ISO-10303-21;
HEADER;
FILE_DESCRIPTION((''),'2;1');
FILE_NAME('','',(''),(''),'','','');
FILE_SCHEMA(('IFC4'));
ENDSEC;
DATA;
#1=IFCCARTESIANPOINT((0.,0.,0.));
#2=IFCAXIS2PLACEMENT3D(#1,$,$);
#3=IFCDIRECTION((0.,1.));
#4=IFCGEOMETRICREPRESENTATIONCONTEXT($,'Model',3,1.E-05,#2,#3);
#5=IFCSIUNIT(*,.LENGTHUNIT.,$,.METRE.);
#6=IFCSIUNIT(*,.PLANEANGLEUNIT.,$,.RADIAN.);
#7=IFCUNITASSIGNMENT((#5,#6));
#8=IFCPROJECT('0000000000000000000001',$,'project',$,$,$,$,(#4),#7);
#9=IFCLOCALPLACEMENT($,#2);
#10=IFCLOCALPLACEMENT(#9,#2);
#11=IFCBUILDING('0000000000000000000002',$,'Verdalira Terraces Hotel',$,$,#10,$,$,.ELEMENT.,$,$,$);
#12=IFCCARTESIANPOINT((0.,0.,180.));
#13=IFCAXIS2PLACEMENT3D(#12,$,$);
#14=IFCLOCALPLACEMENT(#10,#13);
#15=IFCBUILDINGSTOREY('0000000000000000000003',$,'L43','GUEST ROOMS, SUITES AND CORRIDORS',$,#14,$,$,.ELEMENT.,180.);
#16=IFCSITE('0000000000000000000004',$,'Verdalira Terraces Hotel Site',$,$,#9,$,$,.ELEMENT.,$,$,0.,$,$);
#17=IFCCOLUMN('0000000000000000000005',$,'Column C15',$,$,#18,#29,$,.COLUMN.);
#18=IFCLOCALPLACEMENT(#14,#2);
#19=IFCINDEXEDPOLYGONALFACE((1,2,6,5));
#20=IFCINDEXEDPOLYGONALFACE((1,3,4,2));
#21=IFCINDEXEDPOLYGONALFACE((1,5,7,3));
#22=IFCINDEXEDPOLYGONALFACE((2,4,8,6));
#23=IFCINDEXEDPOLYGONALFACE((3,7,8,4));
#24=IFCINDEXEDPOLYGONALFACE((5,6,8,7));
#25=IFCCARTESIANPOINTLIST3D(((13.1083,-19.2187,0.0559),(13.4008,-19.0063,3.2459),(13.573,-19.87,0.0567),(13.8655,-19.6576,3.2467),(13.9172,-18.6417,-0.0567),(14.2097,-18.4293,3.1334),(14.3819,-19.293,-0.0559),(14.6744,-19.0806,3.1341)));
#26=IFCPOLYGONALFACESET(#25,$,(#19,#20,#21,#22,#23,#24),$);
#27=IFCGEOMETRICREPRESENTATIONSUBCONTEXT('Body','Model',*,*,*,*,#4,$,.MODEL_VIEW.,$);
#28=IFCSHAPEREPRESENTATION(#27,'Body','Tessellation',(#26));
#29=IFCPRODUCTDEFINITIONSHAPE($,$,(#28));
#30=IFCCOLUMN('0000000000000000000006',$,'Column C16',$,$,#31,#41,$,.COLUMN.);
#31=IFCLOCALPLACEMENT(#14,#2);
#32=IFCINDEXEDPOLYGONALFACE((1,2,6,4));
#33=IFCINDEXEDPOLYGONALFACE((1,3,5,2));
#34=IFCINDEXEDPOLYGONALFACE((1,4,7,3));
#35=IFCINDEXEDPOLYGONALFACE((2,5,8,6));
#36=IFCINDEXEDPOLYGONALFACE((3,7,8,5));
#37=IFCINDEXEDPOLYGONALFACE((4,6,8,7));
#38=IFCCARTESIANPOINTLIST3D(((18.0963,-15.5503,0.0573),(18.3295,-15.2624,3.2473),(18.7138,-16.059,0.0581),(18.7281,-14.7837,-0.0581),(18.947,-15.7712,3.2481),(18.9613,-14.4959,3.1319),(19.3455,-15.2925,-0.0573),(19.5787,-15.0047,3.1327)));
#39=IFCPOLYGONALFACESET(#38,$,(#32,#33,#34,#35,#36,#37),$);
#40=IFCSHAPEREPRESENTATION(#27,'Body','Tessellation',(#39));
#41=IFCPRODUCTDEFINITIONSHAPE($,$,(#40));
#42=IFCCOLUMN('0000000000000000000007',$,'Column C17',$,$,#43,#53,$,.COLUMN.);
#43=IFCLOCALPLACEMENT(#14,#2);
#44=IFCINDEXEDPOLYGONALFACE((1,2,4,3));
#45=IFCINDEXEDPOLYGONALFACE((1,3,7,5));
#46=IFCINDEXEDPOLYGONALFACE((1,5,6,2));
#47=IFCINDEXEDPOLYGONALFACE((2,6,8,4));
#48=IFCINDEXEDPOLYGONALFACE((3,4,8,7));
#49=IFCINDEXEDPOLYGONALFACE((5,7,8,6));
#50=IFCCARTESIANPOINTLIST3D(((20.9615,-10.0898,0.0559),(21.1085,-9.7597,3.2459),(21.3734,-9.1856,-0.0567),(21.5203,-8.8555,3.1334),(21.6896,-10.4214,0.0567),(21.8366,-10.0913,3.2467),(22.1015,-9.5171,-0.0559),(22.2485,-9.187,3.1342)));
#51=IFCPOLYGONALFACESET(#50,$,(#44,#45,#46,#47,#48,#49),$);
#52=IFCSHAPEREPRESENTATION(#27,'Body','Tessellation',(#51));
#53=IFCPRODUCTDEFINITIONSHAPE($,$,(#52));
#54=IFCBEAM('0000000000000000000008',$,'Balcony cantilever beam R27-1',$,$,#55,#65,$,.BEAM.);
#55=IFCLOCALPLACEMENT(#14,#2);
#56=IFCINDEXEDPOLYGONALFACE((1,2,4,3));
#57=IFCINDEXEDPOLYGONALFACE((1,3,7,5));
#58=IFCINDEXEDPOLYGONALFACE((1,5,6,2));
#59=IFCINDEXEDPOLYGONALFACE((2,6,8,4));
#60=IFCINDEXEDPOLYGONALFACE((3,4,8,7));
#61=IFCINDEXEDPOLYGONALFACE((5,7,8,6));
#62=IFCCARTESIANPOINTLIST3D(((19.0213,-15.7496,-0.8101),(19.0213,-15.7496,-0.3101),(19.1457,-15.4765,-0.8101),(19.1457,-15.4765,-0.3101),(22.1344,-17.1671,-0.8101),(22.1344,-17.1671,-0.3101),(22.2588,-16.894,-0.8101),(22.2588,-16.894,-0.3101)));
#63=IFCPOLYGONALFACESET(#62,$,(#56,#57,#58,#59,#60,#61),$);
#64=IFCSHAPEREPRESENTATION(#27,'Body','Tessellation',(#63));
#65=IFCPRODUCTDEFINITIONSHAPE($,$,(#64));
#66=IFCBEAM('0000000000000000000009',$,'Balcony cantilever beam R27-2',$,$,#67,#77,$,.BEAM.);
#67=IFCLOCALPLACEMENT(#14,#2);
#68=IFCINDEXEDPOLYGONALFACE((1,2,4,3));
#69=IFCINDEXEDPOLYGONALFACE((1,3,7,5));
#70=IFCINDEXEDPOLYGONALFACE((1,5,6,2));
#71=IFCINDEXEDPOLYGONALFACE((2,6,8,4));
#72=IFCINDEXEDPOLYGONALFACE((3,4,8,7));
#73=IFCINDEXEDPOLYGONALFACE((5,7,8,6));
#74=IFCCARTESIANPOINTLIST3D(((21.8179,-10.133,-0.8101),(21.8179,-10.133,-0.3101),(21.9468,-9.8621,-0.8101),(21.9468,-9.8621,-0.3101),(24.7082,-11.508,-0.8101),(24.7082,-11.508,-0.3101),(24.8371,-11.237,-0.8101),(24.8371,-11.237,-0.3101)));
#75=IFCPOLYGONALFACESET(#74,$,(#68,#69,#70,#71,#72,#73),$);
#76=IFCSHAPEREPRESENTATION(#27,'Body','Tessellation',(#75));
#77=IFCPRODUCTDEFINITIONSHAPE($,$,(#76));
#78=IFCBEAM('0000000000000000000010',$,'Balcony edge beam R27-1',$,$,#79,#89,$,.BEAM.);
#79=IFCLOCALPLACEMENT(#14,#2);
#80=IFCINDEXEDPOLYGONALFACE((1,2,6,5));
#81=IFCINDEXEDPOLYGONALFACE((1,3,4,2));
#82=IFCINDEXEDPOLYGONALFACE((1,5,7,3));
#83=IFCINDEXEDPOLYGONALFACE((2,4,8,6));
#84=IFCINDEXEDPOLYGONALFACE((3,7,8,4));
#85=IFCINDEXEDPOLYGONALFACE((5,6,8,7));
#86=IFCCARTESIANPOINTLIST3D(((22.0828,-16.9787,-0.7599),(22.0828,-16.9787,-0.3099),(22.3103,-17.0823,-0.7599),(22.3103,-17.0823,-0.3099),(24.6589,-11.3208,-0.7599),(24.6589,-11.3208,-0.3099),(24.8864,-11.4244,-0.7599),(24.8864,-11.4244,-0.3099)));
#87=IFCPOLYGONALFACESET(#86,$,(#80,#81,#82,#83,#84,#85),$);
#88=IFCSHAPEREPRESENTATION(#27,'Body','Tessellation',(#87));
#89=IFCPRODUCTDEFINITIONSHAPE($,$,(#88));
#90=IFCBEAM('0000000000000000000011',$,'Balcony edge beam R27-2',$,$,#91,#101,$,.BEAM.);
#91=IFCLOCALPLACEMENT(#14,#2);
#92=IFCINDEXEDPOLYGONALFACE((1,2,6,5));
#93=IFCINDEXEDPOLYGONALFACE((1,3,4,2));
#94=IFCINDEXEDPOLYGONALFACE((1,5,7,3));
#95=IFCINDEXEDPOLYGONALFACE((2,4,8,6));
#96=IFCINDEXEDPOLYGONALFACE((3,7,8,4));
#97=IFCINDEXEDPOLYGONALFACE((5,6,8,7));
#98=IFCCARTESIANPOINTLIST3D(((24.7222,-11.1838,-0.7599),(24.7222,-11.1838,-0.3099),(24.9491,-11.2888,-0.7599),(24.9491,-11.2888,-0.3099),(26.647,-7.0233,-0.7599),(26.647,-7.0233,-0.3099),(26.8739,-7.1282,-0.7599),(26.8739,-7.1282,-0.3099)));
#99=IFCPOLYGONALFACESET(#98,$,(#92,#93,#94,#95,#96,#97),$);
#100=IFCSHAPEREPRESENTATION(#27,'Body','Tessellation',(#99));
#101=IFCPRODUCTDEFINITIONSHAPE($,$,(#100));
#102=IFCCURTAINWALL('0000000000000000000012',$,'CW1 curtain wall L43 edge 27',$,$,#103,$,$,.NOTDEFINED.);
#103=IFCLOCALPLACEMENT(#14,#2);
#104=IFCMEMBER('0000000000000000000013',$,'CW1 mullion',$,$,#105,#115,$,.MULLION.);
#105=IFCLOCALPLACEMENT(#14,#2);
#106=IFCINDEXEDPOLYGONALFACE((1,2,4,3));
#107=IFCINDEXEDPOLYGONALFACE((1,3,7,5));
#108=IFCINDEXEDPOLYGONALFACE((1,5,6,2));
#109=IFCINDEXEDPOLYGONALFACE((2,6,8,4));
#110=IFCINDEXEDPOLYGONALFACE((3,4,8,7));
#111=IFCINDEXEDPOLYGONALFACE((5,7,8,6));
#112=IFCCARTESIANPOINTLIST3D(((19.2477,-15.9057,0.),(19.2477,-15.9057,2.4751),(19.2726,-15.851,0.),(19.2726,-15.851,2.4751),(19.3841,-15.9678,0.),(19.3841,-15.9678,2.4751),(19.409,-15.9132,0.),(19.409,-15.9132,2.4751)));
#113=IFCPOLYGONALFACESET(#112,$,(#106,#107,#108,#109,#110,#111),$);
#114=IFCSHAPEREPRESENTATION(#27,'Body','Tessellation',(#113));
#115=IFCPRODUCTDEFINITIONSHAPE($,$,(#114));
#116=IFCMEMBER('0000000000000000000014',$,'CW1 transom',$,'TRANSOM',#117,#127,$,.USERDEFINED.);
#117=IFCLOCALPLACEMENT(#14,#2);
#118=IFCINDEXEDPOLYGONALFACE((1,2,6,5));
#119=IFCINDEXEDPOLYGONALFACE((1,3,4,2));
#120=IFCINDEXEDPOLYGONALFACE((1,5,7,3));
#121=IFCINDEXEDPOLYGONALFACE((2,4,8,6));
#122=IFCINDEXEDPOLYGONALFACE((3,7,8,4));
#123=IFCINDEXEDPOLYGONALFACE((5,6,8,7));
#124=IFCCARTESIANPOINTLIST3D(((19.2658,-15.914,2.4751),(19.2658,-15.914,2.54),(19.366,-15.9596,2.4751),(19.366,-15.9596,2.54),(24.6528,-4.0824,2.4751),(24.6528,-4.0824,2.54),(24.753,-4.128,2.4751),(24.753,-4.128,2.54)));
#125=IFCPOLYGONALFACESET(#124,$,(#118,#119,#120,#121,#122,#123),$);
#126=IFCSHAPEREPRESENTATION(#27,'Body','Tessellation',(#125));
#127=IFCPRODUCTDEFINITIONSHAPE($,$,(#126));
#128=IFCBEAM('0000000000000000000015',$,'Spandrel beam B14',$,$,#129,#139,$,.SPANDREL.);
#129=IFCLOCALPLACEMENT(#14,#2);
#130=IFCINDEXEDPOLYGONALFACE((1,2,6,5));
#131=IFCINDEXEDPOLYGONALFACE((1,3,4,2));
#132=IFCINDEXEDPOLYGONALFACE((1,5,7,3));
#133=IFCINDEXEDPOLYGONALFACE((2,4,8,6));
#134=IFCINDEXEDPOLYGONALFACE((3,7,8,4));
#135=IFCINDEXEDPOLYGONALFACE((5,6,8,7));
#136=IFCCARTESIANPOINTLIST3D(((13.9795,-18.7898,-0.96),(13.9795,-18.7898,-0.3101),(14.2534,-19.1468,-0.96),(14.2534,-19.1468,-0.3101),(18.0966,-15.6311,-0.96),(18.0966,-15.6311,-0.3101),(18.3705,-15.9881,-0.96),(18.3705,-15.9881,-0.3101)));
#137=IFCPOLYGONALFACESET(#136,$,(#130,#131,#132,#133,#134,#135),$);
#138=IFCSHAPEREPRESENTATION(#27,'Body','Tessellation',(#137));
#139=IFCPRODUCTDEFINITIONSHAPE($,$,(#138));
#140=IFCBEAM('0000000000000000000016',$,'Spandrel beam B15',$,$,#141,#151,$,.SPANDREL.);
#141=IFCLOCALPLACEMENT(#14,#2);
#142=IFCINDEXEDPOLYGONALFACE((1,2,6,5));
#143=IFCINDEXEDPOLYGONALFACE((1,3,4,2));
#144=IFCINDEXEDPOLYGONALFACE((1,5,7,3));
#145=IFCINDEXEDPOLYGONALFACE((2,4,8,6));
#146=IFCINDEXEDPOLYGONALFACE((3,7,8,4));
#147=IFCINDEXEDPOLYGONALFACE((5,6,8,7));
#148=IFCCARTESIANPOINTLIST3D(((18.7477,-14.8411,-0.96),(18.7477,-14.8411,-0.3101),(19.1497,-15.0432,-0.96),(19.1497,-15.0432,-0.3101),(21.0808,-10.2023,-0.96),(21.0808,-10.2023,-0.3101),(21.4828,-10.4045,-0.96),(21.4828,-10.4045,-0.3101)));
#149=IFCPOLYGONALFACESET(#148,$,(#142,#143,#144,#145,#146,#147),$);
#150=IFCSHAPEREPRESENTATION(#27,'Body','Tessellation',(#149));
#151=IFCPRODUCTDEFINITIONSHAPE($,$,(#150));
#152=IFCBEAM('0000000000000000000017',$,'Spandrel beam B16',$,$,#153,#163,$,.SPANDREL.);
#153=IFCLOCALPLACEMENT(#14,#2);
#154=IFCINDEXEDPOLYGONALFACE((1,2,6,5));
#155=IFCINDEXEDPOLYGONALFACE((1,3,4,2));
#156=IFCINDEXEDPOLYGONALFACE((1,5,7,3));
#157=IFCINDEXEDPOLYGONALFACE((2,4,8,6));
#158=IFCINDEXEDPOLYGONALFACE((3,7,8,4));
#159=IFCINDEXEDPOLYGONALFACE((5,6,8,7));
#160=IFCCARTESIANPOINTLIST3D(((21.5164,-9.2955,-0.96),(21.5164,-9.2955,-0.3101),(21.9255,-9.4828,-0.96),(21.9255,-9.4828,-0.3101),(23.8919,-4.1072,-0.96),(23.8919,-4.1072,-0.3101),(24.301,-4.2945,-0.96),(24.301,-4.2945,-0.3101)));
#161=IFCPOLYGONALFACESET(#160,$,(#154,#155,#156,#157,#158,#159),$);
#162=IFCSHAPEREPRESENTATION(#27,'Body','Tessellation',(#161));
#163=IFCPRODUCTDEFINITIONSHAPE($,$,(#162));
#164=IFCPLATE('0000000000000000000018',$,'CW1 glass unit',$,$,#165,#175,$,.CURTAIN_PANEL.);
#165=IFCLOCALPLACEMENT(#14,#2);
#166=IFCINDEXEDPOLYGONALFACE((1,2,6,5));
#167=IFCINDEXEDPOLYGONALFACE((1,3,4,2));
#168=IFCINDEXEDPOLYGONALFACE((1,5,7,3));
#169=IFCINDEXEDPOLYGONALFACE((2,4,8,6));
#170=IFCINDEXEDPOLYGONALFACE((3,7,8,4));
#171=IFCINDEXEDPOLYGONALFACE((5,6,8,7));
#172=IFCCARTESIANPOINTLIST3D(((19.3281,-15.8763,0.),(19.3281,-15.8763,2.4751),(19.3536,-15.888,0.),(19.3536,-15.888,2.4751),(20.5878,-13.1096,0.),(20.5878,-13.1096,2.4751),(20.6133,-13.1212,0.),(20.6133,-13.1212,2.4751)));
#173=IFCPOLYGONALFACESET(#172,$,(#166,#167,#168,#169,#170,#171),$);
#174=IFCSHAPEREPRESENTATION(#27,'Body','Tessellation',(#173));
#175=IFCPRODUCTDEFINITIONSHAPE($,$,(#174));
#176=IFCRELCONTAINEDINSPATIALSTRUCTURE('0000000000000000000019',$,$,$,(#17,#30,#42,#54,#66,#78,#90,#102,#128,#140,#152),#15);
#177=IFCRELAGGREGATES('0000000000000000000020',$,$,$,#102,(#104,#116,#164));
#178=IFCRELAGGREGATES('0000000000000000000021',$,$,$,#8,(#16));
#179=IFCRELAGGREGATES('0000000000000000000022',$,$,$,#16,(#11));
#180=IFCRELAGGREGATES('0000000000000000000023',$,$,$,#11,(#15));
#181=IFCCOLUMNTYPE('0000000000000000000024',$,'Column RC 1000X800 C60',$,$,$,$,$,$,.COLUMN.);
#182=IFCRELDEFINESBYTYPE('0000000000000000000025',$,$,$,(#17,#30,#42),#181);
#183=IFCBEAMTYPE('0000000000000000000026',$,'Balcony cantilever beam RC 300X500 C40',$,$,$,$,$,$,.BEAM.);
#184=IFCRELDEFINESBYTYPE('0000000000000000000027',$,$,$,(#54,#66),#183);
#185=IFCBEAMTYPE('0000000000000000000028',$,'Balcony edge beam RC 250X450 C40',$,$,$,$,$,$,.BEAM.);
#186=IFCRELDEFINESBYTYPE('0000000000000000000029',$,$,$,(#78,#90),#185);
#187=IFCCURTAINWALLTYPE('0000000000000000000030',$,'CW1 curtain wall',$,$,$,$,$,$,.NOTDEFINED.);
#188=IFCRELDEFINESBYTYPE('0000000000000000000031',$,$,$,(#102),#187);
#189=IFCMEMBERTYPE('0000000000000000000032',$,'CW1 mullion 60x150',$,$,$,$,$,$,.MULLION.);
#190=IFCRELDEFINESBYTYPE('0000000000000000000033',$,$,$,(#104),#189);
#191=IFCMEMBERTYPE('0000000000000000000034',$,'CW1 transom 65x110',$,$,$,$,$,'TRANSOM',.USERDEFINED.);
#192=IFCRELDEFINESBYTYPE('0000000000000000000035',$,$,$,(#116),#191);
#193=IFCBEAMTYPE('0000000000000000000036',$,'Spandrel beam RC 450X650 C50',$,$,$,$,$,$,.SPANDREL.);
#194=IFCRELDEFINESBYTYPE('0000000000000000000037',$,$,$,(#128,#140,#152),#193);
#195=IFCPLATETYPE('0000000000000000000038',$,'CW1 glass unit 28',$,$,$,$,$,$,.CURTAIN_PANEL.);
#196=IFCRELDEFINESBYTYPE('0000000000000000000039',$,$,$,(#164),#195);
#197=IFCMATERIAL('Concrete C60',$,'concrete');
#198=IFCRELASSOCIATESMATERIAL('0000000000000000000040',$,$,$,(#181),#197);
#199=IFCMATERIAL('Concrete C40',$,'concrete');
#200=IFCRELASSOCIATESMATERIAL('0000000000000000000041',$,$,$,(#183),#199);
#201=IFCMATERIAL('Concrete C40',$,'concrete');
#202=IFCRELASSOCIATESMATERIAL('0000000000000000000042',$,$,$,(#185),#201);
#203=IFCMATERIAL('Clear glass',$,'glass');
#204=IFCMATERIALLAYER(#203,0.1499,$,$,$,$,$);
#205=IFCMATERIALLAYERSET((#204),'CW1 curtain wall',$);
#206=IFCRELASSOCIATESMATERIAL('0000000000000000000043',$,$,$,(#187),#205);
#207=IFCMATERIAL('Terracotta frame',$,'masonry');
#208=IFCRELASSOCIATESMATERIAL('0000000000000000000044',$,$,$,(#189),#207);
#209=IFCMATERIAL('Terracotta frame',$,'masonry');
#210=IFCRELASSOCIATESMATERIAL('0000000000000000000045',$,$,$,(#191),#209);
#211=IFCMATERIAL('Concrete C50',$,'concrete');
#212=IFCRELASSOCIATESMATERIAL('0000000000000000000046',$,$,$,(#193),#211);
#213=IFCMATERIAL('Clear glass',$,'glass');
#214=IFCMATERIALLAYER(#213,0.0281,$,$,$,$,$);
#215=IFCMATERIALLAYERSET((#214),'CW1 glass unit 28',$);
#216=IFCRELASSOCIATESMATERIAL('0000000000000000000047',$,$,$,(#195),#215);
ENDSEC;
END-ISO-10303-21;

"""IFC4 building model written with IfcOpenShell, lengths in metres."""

from ifc_helpers import new_model, si_unit, direction, frame, origin, origin_2d, place, context, subcontext, project, spatial, rectangle, extrude, material, layer, layer_set, material_profile, profile_set, type_object, element, aggregate, save


model = new_model("IFC4")

# Units and contexts
model_context = context("Model", 3, precision=1e-05, world=origin(), true_north=direction((0.0, 1.0)))
body_context = subcontext(model_context, "Body", "Model", "MODEL_VIEW")
ifc_project = project(units=[si_unit("LENGTHUNIT", "METRE"), si_unit("PLANEANGLEUNIT", "RADIAN")], contexts=[model_context])

# Site, building, storey
site_placement = place(None, origin())
site = spatial("IfcSite", under=ifc_project, at=site_placement, Name="Verdalira Terraces Hotel Site", CompositionType="ELEMENT", RefElevation=0.0)
building_placement = place(site_placement, origin())
building = spatial("IfcBuilding", under=site, at=building_placement, Name="Verdalira Terraces Hotel", CompositionType="ELEMENT")
storey_placement = place(building_placement, frame((0.0, 0.0, 180.0)))
storey = spatial("IfcBuildingStorey", under=building, at=storey_placement, Name="L43", Description="GUEST ROOMS, SUITES AND CORRIDORS", CompositionType="ELEMENT", Elevation=180.0)

# Columns
ifc_material_1 = material(Name="Concrete C60", Category="concrete")
ifc_material_profile_1 = material_profile(ifc_material_1, rectangle(XDim=1.0, YDim=0.8, at=origin_2d()), Name="RC 1000X800")
ifc_profile_set_1 = profile_set([ifc_material_profile_1], Name="Concrete C60")
column_type = type_object("IfcColumnType", Name="Column RC 1000X800 C60", PredefinedType="COLUMN", material=ifc_profile_set_1)
column_1_placement = place(storey_placement, frame((13.7451, -19.2559, 0.0), z_axis=(0.091105, 0.066162, 0.993641), x_axis=(0.808925, 0.57703, -0.112591)))
element("IfcColumn", 1, at=column_1_placement, inside=storey, type_object=column_type, Name="Column C15", PredefinedType="COLUMN", context=body_context, shape_type="SweptSolid", body=[
    extrude(rectangle(XDim=1.0, YDim=0.8, at=origin_2d()), origin(), (0.0, 0.0, 1.0), 3.2104),
])
column_2_placement = place(storey_placement, frame((18.7209, -15.4214, 0.0), z_axis=(0.072603, 0.089632, 0.993325), x_axis=(-0.631755, -0.766538, 0.115343)))
element("IfcColumn", 2, at=column_2_placement, inside=storey, type_object=column_type, Name="Column C16", PredefinedType="COLUMN", context=body_context, shape_type="SweptSolid", body=[
    extrude(rectangle(XDim=1.0, YDim=0.8, at=origin_2d()), origin(), (0.0, 0.0, 1.0), 3.2114),
])
column_3_placement = place(storey_placement, frame((21.5315, -9.8035, 0.0), z_axis=(0.045781, 0.102817, 0.993646), x_axis=(0.411869, 0.904266, -0.112545)))
element("IfcColumn", 3, at=column_3_placement, inside=storey, type_object=column_type, Name="Column C17", PredefinedType="COLUMN", context=body_context, shape_type="SweptSolid", body=[
    extrude(rectangle(XDim=1.0, YDim=0.8, at=origin_2d()), origin(), (0.0, 0.0, 1.0), 3.2104),
])

# Beams
ifc_material_2 = material(Name="Concrete C40", Category="concrete")
ifc_material_profile_2 = material_profile(ifc_material_2, rectangle(XDim=0.3, YDim=0.5, at=origin_2d()), Name="RC 300X500")
ifc_profile_set_2 = profile_set([ifc_material_profile_2], Name="Concrete C40")
beam_type_1 = type_object("IfcBeamType", Name="Balcony cantilever beam RC 300X500 C40", PredefinedType="BEAM", material=ifc_profile_set_2)
beam_1_placement = place(storey_placement, frame((19.0835, -15.613, -0.5601), z_axis=(0.910095, -0.4144, 0.0), x_axis=(0.4144, 0.910095, 0.0)))
element("IfcBeam", 4, at=beam_1_placement, inside=storey, type_object=beam_type_1, Name="Balcony cantilever beam R27-1", PredefinedType="BEAM", context=body_context, shape_type="SweptSolid", body=[
    extrude(rectangle(XDim=0.3, YDim=0.5, at=origin_2d()), origin(), (0.0, 0.0, 1.0), 3.4207),
])
beam_2_placement = place(storey_placement, frame((21.8823, -9.9976, -0.5601), z_axis=(0.903027, -0.429584, 0.0), x_axis=(0.429584, 0.903027, 0.0)))
element("IfcBeam", 5, at=beam_2_placement, inside=storey, type_object=beam_type_1, Name="Balcony cantilever beam R27-2", PredefinedType="BEAM", context=body_context, shape_type="SweptSolid", body=[
    extrude(rectangle(XDim=0.3, YDim=0.5, at=origin_2d()), origin(), (0.0, 0.0, 1.0), 3.2007),
])
ifc_material_3 = material(Name="Concrete C40", Category="concrete")
ifc_material_profile_3 = material_profile(ifc_material_3, rectangle(XDim=0.25, YDim=0.45, at=origin_2d()), Name="RC 250X450")
ifc_profile_set_3 = profile_set([ifc_material_profile_3], Name="Concrete C40")
beam_type_2 = type_object("IfcBeamType", Name="Balcony edge beam RC 250X450 C40", PredefinedType="BEAM", material=ifc_profile_set_3)
beam_3_placement = place(storey_placement, frame((22.1965, -17.0305, -0.5349), z_axis=(0.414386, 0.910101, 0.0), x_axis=(-0.910101, 0.414386, 0.0)))
element("IfcBeam", 6, at=beam_3_placement, inside=storey, type_object=beam_type_2, Name="Balcony edge beam R27-1", PredefinedType="BEAM", context=body_context, shape_type="SweptSolid", body=[
    extrude(rectangle(XDim=0.25, YDim=0.45, at=origin_2d()), origin(), (0.0, 0.0, 1.0), 6.2168),
])
beam_4_placement = place(storey_placement, frame((24.8357, -11.2363, -0.5349), z_axis=(0.419869, 0.907585, 0.0), x_axis=(-0.907585, 0.419869, 0.0)))
element("IfcBeam", 7, at=beam_4_placement, inside=storey, type_object=beam_type_2, Name="Balcony edge beam R27-2", PredefinedType="BEAM", context=body_context, shape_type="SweptSolid", body=[
    extrude(rectangle(XDim=0.25, YDim=0.45, at=origin_2d()), origin(), (0.0, 0.0, 1.0), 4.5842),
])

# Curtain wall, members
ifc_material_4 = material(Name="Clear glass", Category="glass")
ifc_layer_1 = layer(ifc_material_4, 0.1499)
ifc_layer_set_1 = layer_set([ifc_layer_1], Name="CW1 curtain wall")
curtain_wall_type = type_object("IfcCurtainWallType", Name="CW1 curtain wall", PredefinedType="NOTDEFINED", material=ifc_layer_set_1)
curtain_wall_placement = place(storey_placement, origin())
curtain_wall = element("IfcCurtainWall", 8, at=curtain_wall_placement, inside=storey, type_object=curtain_wall_type, Name="CW1 curtain wall L43 edge 27", PredefinedType="NOTDEFINED")
ifc_material_5 = material(Name="Terracotta frame", Category="masonry")
ifc_material_profile_4 = material_profile(ifc_material_5, rectangle(XDim=0.0601, YDim=0.1499, at=origin_2d()), Name="MU 60x150")
ifc_profile_set_4 = profile_set([ifc_material_profile_4], Name="Terracotta frame")
member_type_1 = type_object("IfcMemberType", Name="CW1 mullion 60x150", PredefinedType="MULLION", material=ifc_profile_set_4)
member_1_placement = place(storey_placement, frame((19.3284, -15.9094, 0.0), z_axis=(0.0, 0.0, 1.0), x_axis=(0.414376, 0.910106, 0.0)))
member_1 = element("IfcMember", 9, at=member_1_placement, type_object=member_type_1, Name="CW1 mullion", PredefinedType="MULLION", context=body_context, shape_type="SweptSolid", body=[
    extrude(rectangle(XDim=0.0601, YDim=0.1499, at=origin_2d()), origin(), (0.0, 0.0, 1.0), 2.4751),
])
ifc_material_6 = material(Name="Terracotta frame", Category="masonry")
ifc_material_profile_5 = material_profile(ifc_material_6, rectangle(XDim=0.1101, YDim=0.0649, at=origin_2d()), Name="TR 65x110")
ifc_profile_set_5 = profile_set([ifc_material_profile_5], Name="Terracotta frame")
member_type_2 = type_object("IfcMemberType", Name="CW1 transom 65x110", ElementType="TRANSOM", PredefinedType="USERDEFINED", material=ifc_profile_set_5)
member_2_placement = place(storey_placement, frame((19.3159, -15.9368, 2.5076), z_axis=(0.414376, 0.910106, 0.0), x_axis=(-0.910106, 0.414376, 0.0)))
member_2 = element("IfcMember", 10, at=member_2_placement, type_object=member_type_2, Name="CW1 transom", ObjectType="TRANSOM", PredefinedType="USERDEFINED", context=body_context, shape_type="SweptSolid", body=[
    extrude(rectangle(XDim=0.1101, YDim=0.0649, at=origin_2d()), origin(), (0.0, 0.0, 1.0), 13.0002),
])

# Beams
ifc_material_7 = material(Name="Concrete C50", Category="concrete")
ifc_material_profile_6 = material_profile(ifc_material_7, rectangle(XDim=0.45, YDim=0.6499, at=origin_2d()), Name="RC 450X650")
ifc_profile_set_6 = profile_set([ifc_material_profile_6], Name="Concrete C50")
beam_type_3 = type_object("IfcBeamType", Name="Spandrel beam RC 450X650 C50", PredefinedType="SPANDREL", material=ifc_profile_set_6)
beam_5_placement = place(storey_placement, frame((14.1165, -18.9683, -0.635), z_axis=(0.793403, 0.608696, 0.0), x_axis=(-0.608696, 0.793403, 0.0)))
element("IfcBeam", 11, at=beam_5_placement, inside=storey, type_object=beam_type_3, Name="Spandrel beam B14", PredefinedType="SPANDREL", context=body_context, shape_type="SweptSolid", body=[
    extrude(rectangle(XDim=0.45, YDim=0.6499, at=origin_2d()), origin(), (0.0, 0.0, 1.0), 5.1892),
])
beam_6_placement = place(storey_placement, frame((18.9487, -14.9421, -0.635), z_axis=(0.449319, 0.893371, 0.0), x_axis=(-0.893371, 0.449319, 0.0)))
element("IfcBeam", 12, at=beam_6_placement, inside=storey, type_object=beam_type_3, Name="Spandrel beam B15", PredefinedType="SPANDREL", context=body_context, shape_type="SweptSolid", body=[
    extrude(rectangle(XDim=0.45, YDim=0.6499, at=origin_2d()), origin(), (0.0, 0.0, 1.0), 5.1924),
])
beam_7_placement = place(storey_placement, frame((21.7209, -9.3892, -0.635), z_axis=(0.4163, 0.909227, 0.0), x_axis=(-0.909227, 0.4163, 0.0)))
element("IfcBeam", 13, at=beam_7_placement, inside=storey, type_object=beam_type_3, Name="Spandrel beam B16", PredefinedType="SPANDREL", context=body_context, shape_type="SweptSolid", body=[
    extrude(rectangle(XDim=0.45, YDim=0.6499, at=origin_2d()), origin(), (0.0, 0.0, 1.0), 5.7063),
])

# Plate
ifc_material_8 = material(Name="Clear glass", Category="glass")
ifc_layer_2 = layer(ifc_material_8, 0.0281)
ifc_layer_set_2 = layer_set([ifc_layer_2], Name="CW1 glass unit 28")
plate_type = type_object("IfcPlateType", Name="CW1 glass unit 28", PredefinedType="CURTAIN_PANEL", material=ifc_layer_set_2)
plate_placement = place(storey_placement, frame((19.9707, -14.4988, 0.0), z_axis=(0.0, 0.0, 1.0), x_axis=(0.414376, 0.910106, 0.0)))
plate = element("IfcPlate", 14, at=plate_placement, type_object=plate_type, Name="CW1 glass unit", PredefinedType="CURTAIN_PANEL", context=body_context, shape_type="SweptSolid", body=[
    extrude(rectangle(XDim=3.04, YDim=0.0281, at=origin_2d()), origin(), (0.0, 0.0, 1.0), 2.4751),
])
aggregate(curtain_wall, [member_1, member_2, plate])

save(model, "model.ifc")
